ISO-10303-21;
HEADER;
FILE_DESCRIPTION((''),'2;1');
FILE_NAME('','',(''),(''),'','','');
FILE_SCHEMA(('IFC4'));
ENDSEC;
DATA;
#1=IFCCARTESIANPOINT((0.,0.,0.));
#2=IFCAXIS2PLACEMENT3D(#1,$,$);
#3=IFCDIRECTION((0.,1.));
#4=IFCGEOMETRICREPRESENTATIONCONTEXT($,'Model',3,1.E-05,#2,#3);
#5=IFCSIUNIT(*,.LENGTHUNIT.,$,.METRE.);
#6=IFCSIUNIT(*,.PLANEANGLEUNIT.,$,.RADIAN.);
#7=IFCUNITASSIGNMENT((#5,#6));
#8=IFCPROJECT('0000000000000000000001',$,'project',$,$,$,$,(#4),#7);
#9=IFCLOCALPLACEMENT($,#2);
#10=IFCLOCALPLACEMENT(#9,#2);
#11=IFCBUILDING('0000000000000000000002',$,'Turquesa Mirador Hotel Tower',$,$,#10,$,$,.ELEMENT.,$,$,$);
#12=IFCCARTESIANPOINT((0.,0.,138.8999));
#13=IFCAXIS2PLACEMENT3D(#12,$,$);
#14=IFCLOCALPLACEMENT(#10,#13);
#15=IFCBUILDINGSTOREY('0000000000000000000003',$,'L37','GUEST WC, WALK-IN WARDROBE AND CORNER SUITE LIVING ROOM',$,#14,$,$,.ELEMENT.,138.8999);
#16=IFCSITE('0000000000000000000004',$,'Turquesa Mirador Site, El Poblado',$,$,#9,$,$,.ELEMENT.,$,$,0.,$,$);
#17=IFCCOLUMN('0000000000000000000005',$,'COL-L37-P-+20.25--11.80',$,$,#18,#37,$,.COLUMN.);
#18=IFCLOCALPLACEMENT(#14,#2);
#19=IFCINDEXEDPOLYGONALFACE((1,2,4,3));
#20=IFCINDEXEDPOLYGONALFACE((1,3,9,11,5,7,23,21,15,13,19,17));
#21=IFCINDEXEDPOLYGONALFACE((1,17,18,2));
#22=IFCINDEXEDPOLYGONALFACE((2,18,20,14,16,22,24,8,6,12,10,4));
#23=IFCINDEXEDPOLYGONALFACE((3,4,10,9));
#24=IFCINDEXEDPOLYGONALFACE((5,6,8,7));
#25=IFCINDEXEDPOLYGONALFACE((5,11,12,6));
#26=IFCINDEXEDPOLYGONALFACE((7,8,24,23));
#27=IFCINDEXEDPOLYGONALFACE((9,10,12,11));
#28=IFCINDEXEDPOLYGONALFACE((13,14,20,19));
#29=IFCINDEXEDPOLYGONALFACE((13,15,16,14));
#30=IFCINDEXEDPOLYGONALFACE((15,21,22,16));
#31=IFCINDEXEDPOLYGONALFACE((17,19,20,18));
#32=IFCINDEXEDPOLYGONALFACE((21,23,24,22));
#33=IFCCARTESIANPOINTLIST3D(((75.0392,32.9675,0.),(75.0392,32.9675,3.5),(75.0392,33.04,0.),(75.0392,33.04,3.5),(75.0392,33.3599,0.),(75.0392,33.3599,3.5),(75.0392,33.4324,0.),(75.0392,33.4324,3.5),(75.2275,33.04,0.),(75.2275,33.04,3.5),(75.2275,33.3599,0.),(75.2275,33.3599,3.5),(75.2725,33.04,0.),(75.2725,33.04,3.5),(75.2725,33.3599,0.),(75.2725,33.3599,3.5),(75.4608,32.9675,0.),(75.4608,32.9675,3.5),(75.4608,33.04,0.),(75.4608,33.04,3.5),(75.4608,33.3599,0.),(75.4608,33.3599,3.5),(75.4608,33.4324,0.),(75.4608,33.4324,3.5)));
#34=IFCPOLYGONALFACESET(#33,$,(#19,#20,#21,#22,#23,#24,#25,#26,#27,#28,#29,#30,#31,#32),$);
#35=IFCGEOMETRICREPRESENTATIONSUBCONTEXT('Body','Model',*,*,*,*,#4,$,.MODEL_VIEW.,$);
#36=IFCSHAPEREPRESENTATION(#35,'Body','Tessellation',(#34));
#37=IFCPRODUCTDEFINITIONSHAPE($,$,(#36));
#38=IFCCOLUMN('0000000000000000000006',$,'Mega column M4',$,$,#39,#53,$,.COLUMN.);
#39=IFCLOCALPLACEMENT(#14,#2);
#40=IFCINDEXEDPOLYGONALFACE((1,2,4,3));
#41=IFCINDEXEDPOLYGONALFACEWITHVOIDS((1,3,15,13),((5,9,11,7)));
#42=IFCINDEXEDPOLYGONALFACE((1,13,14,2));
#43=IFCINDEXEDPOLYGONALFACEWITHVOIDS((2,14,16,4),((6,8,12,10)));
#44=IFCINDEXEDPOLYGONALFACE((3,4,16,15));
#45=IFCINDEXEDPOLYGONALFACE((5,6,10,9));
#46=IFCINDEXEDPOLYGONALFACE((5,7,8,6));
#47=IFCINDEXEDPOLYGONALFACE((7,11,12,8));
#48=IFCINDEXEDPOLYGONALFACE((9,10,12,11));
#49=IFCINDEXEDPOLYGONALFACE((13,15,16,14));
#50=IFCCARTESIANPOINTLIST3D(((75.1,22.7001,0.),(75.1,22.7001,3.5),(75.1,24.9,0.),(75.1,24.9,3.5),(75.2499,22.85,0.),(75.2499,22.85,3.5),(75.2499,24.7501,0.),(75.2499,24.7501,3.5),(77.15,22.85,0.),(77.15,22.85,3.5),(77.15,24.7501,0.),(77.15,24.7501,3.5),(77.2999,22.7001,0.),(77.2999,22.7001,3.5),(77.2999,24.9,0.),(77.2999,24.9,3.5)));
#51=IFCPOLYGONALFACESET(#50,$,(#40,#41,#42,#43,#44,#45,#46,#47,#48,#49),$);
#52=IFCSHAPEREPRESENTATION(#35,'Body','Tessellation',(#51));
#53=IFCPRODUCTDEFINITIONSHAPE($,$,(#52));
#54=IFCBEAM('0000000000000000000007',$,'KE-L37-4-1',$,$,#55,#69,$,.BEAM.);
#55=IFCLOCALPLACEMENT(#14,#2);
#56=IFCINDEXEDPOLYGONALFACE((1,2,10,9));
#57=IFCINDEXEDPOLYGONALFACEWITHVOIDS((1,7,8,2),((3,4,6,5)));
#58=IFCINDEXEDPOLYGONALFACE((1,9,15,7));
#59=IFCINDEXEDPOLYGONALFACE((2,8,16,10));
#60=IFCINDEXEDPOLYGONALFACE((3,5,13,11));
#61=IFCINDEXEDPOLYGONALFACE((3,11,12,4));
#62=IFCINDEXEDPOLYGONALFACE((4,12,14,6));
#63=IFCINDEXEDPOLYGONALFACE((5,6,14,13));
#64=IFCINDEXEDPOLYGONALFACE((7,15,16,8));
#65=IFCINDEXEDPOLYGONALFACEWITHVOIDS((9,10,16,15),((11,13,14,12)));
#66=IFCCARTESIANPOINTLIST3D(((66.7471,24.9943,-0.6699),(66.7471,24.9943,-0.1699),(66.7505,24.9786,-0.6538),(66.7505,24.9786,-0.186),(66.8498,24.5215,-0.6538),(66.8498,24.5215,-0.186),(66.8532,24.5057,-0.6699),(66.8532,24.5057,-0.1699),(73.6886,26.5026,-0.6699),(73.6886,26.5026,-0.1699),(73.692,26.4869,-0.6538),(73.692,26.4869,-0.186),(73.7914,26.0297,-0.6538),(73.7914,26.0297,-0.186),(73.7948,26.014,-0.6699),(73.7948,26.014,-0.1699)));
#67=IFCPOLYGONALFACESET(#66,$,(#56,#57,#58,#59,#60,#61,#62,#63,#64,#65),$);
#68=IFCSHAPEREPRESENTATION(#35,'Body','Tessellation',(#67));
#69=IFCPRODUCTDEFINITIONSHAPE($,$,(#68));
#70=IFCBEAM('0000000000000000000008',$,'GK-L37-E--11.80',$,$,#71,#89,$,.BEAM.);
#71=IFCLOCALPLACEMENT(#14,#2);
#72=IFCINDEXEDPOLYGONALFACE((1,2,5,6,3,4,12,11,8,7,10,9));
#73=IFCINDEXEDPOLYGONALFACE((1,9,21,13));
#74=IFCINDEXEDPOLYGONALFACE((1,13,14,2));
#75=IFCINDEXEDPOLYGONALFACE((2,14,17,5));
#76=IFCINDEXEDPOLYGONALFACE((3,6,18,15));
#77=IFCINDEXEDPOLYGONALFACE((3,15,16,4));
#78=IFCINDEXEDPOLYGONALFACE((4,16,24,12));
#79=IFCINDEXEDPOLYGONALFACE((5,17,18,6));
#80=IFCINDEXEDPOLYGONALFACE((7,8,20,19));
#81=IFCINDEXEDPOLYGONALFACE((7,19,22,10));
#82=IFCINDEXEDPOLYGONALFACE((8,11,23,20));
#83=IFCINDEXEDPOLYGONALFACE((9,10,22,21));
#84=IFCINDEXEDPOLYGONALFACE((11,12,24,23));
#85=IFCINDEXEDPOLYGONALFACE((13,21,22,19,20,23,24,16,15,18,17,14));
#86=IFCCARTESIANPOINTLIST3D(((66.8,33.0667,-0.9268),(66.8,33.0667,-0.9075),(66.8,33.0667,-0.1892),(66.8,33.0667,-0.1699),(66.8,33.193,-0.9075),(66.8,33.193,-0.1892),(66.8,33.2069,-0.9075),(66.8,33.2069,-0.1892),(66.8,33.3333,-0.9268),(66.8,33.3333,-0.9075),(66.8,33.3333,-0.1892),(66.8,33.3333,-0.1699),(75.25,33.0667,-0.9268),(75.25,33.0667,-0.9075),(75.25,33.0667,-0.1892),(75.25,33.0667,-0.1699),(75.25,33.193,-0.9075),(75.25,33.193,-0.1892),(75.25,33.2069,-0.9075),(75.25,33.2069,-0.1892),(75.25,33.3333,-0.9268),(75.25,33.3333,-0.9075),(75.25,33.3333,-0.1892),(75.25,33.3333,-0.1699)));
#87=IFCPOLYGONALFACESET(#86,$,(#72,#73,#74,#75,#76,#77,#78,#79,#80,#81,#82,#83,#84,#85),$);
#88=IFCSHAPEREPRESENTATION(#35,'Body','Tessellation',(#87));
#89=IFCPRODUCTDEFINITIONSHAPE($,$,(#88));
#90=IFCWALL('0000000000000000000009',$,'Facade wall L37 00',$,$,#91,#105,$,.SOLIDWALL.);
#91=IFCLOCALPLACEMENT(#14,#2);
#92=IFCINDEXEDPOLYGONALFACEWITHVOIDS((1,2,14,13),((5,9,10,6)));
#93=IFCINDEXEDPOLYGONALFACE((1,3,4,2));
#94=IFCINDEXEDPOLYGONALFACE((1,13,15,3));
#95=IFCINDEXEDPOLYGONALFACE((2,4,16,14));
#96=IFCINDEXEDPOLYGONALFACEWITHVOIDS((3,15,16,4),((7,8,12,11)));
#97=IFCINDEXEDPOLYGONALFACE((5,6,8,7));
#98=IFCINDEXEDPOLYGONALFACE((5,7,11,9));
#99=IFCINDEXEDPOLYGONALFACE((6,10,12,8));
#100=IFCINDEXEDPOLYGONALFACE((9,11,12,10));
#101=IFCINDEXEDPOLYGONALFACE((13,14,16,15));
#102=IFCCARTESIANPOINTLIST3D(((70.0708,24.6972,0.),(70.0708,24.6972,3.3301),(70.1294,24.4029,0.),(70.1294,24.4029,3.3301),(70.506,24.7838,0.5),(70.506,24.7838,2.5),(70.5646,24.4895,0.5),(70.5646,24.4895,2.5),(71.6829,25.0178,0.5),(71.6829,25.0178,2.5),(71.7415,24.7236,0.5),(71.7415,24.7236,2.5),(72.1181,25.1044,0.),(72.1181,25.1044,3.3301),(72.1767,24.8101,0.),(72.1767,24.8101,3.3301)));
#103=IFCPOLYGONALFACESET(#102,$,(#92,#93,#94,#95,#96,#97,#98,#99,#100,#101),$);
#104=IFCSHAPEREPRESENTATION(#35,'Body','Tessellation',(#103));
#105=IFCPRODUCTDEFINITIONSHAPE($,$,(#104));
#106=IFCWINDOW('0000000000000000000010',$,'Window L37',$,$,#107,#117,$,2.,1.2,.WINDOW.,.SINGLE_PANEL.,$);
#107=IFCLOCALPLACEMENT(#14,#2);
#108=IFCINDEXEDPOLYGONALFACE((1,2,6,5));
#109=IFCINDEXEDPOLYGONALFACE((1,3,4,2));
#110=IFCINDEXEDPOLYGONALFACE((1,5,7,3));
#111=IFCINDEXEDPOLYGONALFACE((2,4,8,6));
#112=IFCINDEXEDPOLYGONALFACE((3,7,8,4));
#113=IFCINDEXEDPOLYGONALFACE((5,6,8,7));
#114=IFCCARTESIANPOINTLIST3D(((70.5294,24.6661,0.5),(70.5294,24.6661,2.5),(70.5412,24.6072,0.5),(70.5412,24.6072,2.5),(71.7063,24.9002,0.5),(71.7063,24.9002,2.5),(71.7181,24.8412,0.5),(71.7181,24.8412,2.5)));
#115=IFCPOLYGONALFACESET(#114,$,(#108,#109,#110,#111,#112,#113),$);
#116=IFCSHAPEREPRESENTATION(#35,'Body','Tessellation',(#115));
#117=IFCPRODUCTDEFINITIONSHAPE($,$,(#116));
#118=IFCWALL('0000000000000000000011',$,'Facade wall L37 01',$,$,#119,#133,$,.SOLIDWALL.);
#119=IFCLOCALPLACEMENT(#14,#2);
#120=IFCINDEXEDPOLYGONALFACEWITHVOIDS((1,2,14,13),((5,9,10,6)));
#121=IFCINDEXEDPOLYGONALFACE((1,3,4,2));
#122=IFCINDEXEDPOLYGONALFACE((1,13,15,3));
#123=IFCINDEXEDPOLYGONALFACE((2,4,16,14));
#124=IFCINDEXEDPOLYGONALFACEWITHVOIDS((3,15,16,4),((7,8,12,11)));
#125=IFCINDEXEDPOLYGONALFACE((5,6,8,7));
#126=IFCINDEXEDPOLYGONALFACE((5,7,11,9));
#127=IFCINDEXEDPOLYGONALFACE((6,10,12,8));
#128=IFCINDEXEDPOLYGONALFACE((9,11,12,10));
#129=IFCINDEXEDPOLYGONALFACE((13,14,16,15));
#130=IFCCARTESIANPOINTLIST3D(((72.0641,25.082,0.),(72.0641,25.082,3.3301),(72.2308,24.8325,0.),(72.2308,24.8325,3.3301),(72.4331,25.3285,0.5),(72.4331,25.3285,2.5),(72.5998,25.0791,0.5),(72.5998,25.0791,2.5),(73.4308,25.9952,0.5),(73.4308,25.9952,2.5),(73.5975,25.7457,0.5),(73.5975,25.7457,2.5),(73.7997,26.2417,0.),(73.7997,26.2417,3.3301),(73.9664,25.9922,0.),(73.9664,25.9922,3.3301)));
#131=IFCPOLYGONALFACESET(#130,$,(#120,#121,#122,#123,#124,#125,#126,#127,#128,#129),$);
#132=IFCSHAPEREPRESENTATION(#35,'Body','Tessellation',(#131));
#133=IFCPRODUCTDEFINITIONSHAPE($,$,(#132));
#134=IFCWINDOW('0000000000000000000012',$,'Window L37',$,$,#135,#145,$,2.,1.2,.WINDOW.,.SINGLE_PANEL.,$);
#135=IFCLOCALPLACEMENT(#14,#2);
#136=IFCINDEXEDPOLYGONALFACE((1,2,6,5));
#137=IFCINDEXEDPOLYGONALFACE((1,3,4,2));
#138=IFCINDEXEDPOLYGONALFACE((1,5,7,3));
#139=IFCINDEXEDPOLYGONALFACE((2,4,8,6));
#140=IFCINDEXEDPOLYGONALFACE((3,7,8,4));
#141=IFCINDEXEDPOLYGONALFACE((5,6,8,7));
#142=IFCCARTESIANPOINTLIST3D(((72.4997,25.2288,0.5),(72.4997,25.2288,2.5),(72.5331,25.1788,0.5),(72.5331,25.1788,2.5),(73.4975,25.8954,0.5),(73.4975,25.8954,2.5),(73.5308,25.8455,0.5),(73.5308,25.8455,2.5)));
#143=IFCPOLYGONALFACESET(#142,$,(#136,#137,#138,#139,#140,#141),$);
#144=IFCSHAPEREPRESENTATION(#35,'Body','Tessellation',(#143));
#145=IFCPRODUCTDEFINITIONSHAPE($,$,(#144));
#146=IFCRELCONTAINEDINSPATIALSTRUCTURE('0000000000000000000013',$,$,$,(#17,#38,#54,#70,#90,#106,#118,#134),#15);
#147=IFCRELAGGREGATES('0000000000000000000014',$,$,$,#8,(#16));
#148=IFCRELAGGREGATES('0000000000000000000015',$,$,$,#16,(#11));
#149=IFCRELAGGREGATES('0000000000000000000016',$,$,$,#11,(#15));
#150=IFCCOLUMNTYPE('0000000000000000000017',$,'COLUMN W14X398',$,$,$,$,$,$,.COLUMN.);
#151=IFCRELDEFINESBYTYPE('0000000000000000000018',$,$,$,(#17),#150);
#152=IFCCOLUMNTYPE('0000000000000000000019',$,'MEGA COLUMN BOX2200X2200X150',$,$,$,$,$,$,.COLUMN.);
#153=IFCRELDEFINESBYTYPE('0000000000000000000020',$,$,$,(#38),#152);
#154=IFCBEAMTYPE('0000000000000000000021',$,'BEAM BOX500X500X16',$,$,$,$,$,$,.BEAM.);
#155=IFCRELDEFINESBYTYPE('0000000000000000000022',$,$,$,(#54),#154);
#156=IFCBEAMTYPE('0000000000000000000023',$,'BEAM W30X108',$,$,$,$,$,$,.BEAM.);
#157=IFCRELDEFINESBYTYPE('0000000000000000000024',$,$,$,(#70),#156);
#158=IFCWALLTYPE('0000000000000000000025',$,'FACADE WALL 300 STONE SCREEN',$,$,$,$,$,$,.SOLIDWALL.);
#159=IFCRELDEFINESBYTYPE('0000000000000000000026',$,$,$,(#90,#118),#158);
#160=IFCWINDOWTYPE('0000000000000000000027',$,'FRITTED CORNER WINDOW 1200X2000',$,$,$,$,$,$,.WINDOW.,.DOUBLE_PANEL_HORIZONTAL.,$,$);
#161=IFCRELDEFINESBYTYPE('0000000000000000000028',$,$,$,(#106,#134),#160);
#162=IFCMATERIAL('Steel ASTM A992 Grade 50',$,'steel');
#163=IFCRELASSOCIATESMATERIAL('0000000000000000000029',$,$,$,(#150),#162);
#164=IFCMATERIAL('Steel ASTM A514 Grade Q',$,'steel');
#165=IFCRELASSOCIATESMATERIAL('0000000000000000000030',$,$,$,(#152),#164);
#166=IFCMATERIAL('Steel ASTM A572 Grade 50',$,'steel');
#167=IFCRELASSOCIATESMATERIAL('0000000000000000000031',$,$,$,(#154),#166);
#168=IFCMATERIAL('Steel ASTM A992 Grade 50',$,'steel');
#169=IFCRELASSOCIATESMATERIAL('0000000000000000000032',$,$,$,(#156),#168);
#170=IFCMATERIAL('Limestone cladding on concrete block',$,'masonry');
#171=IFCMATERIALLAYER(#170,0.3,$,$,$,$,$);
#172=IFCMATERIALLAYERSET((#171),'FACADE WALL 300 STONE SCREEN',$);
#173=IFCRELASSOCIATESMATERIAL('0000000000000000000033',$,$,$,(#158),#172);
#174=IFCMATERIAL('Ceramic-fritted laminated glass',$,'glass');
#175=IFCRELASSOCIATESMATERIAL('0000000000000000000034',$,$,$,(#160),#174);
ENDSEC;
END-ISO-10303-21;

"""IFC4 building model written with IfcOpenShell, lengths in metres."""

from ifc_helpers import new_model, si_unit, direction, frame, frame_2d, origin, origin_2d, place, context, subcontext, project, spatial, rectangle, hollow_rectangle, i_section, extrude, material, layer, layer_set, material_profile, profile_set, type_object, element, fill, save


model = new_model("IFC4")

# Units and contexts
model_context = context("Model", 3, precision=1e-05, world=origin(), true_north=direction((0.0, 1.0)))
body_context = subcontext(model_context, "Body", "Model", "MODEL_VIEW")
ifc_project = project(units=[si_unit("LENGTHUNIT", "METRE"), si_unit("PLANEANGLEUNIT", "RADIAN")], contexts=[model_context])

# Site, building, storey
site_placement = place(None, origin())
site = spatial("IfcSite", under=ifc_project, at=site_placement, Name="Turquesa Mirador Site, El Poblado", CompositionType="ELEMENT", RefElevation=0.0)
building_placement = place(site_placement, origin())
building = spatial("IfcBuilding", under=site, at=building_placement, Name="Turquesa Mirador Hotel Tower", CompositionType="ELEMENT")
storey_placement = place(building_placement, frame((0.0, 0.0, 138.8999)))
storey = spatial("IfcBuildingStorey", under=building, at=storey_placement, Name="L37", Description="GUEST WC, WALK-IN WARDROBE AND CORNER SUITE LIVING ROOM", CompositionType="ELEMENT", Elevation=138.8999)

# Columns
ifc_material_1 = material(Name="Steel ASTM A992 Grade 50", Category="steel")
ifc_material_profile_1 = material_profile(ifc_material_1, i_section(OverallWidth=0.4216, OverallDepth=0.4648, WebThickness=0.0449, FlangeThickness=0.0725, at=origin_2d()), Name="W14X398")
ifc_profile_set_1 = profile_set([ifc_material_profile_1], Name="Steel ASTM A992 Grade 50")
column_type_1 = type_object("IfcColumnType", Name="COLUMN W14X398", PredefinedType="COLUMN", material=ifc_profile_set_1)
column_1_placement = place(storey_placement, frame((75.25, 33.2, 0.0), z_axis=(0.0, 0.0, 1.0), x_axis=(1.0, 0.0, 0.0)))
element("IfcColumn", 1, at=column_1_placement, inside=storey, type_object=column_type_1, Name="COL-L37-P-+20.25--11.80", PredefinedType="COLUMN", context=body_context, shape_type="SweptSolid", body=[
    extrude(i_section(OverallWidth=0.4216, OverallDepth=0.4648, WebThickness=0.0449, FlangeThickness=0.0725, at=origin_2d()), origin(), (0.0, 0.0, 1.0), 3.5),
])
ifc_material_2 = material(Name="Steel ASTM A514 Grade Q", Category="steel")
ifc_material_profile_2 = material_profile(ifc_material_2, hollow_rectangle(XDim=2.2, YDim=2.2, WallThickness=0.1499, at=origin_2d()), Name="BOX2200X2200X150")
ifc_profile_set_2 = profile_set([ifc_material_profile_2], Name="Steel ASTM A514 Grade Q")
column_type_2 = type_object("IfcColumnType", Name="MEGA COLUMN BOX2200X2200X150", PredefinedType="COLUMN", material=ifc_profile_set_2)
column_2_placement = place(storey_placement, frame((76.2, 23.8, 0.0), z_axis=(0.0, 0.0, 1.0), x_axis=(1.0, 0.0, 0.0)))
element("IfcColumn", 2, at=column_2_placement, inside=storey, type_object=column_type_2, Name="Mega column M4", PredefinedType="COLUMN", context=body_context, shape_type="SweptSolid", body=[
    extrude(hollow_rectangle(XDim=2.2, YDim=2.2, WallThickness=0.1499, at=origin_2d()), origin(), (0.0, 0.0, 1.0), 3.5),
])

# Beams
ifc_material_3 = material(Name="Steel ASTM A572 Grade 50", Category="steel")
ifc_material_profile_3 = material_profile(ifc_material_3, hollow_rectangle(XDim=0.5, YDim=0.5, WallThickness=0.0161, at=origin_2d()), Name="BOX500X500X16")
ifc_profile_set_3 = profile_set([ifc_material_profile_3], Name="Steel ASTM A572 Grade 50")
beam_type_1 = type_object("IfcBeamType", Name="BEAM BOX500X500X16", PredefinedType="BEAM", material=ifc_profile_set_3)
beam_1_placement = place(storey_placement, frame((73.7417, 26.2583, -0.4199), z_axis=(-0.977198, -0.212328, 0.0), x_axis=(0.212328, -0.977198, 0.0)))
element("IfcBeam", 3, at=beam_1_placement, inside=storey, type_object=beam_type_1, Name="KE-L37-4-1", PredefinedType="BEAM", context=body_context, shape_type="SweptSolid", body=[
    extrude(hollow_rectangle(XDim=0.5, YDim=0.5, WallThickness=0.0161, at=origin_2d()), origin(), (0.0, 0.0, 1.0), 7.1035),
])
ifc_material_4 = material(Name="Steel ASTM A992 Grade 50", Category="steel")
ifc_material_profile_4 = material_profile(ifc_material_4, i_section(OverallWidth=0.2666, OverallDepth=0.7568, WebThickness=0.0139, FlangeThickness=0.0193, at=origin_2d()), Name="W30X108")
ifc_profile_set_4 = profile_set([ifc_material_profile_4], Name="Steel ASTM A992 Grade 50")
beam_type_2 = type_object("IfcBeamType", Name="BEAM W30X108", PredefinedType="BEAM", material=ifc_profile_set_4)
beam_2_placement = place(storey_placement, frame((75.25, 33.2, -0.5483), z_axis=(-1.0, 0.0, 0.0), x_axis=(0.0, -1.0, 0.0)))
element("IfcBeam", 4, at=beam_2_placement, inside=storey, type_object=beam_type_2, Name="GK-L37-E--11.80", PredefinedType="BEAM", context=body_context, shape_type="SweptSolid", body=[
    extrude(i_section(OverallWidth=0.2666, OverallDepth=0.7568, WebThickness=0.0139, FlangeThickness=0.0193, at=origin_2d()), origin(), (0.0, 0.0, 1.0), 8.45),
])

# Walls, openings, windows
ifc_material_5 = material(Name="Limestone cladding on concrete block", Category="masonry")
ifc_layer = layer(ifc_material_5, 0.3)
ifc_layer_set = layer_set([ifc_layer], Name="FACADE WALL 300 STONE SCREEN")
wall_type = type_object("IfcWallType", Name="FACADE WALL 300 STONE SCREEN", PredefinedType="SOLIDWALL", material=ifc_layer_set)
wall_1_placement = place(storey_placement, frame((70.1001, 24.55, 0.0), z_axis=(0.0, 0.0, 1.0), x_axis=(0.980787, 0.195081, 0.0)))
wall_1 = element("IfcWall", 5, at=wall_1_placement, inside=storey, type_object=wall_type, Name="Facade wall L37 00", PredefinedType="SOLIDWALL", context=body_context, shape_type="SweptSolid", body=[
    extrude(rectangle(XDim=2.0874, YDim=0.3, at=frame_2d((1.0437, 0.0))), origin(), (0.0, 0.0, 1.0), 3.3301),
])
opening_1_placement = place(wall_1_placement, frame((0.4436, 0.0, 0.5)))
opening_1 = element("IfcOpeningElement", 6, at=opening_1_placement, cuts=wall_1, PredefinedType="OPENING", context=body_context, shape_type="SweptSolid", body=[
    extrude(rectangle(XDim=1.2, YDim=2.0, at=frame_2d((0.6001, 1.0))), frame((0.0, 0.1599, 0.0), z_axis=(0.0, -1.0, 0.0), x_axis=(1.0, 0.0, 0.0)), (0.0, 0.0, 1.0), 0.3201),
])
ifc_material_6 = material(Name="Ceramic-fritted laminated glass", Category="glass")
window_type_1 = type_object("IfcWindowType", Name="FRITTED CORNER WINDOW 1200X2000", PartitioningType="DOUBLE_PANEL_HORIZONTAL", PredefinedType="WINDOW", material=ifc_material_6)
window_1_placement = place(opening_1_placement, origin())
window_1 = element("IfcWindow", 7, at=window_1_placement, inside=storey, type_object=window_type_1, Name="Window L37", OverallHeight=2.0, OverallWidth=1.2, PartitioningType="SINGLE_PANEL", PredefinedType="WINDOW", context=body_context, shape_type="SweptSolid", body=[
    extrude(rectangle(XDim=1.2, YDim=2.0, at=frame_2d((0.6001, 1.0))), frame((0.0, 0.03, 0.0), z_axis=(0.0, -1.0, 0.0), x_axis=(1.0, 0.0, 0.0)), (0.0, 0.0, 1.0), 0.0601),
])
fill(opening_1, window_1)
wall_2_placement = place(storey_placement, frame((72.1475, 24.9573, 0.0), z_axis=(0.0, 0.0, 1.0), x_axis=(0.831474, 0.555564, 0.0)))
wall_2 = element("IfcWall", 8, at=wall_2_placement, inside=storey, type_object=wall_type, Name="Facade wall L37 01", PredefinedType="SOLIDWALL", context=body_context, shape_type="SweptSolid", body=[
    extrude(rectangle(XDim=2.0874, YDim=0.3, at=frame_2d((1.0437, 0.0))), origin(), (0.0, 0.0, 1.0), 3.3301),
])
opening_2_placement = place(wall_2_placement, frame((0.4436, 0.0, 0.5)))
opening_2 = element("IfcOpeningElement", 9, at=opening_2_placement, cuts=wall_2, PredefinedType="OPENING", context=body_context, shape_type="SweptSolid", body=[
    extrude(rectangle(XDim=1.2, YDim=2.0, at=frame_2d((0.6001, 1.0))), frame((0.0, 0.1599, 0.0), z_axis=(0.0, -1.0, 0.0), x_axis=(1.0, 0.0, 0.0)), (0.0, 0.0, 1.0), 0.3201),
])
window_2_placement = place(opening_2_placement, origin())
window_2 = element("IfcWindow", 10, at=window_2_placement, inside=storey, type_object=window_type_1, Name="Window L37", OverallHeight=2.0, OverallWidth=1.2, PartitioningType="SINGLE_PANEL", PredefinedType="WINDOW", context=body_context, shape_type="SweptSolid", body=[
    extrude(rectangle(XDim=1.2, YDim=2.0, at=frame_2d((0.6001, 1.0))), frame((0.0, 0.03, 0.0), z_axis=(0.0, -1.0, 0.0), x_axis=(1.0, 0.0, 0.0)), (0.0, 0.0, 1.0), 0.0601),
])
fill(opening_2, window_2)

save(model, "model.ifc")
